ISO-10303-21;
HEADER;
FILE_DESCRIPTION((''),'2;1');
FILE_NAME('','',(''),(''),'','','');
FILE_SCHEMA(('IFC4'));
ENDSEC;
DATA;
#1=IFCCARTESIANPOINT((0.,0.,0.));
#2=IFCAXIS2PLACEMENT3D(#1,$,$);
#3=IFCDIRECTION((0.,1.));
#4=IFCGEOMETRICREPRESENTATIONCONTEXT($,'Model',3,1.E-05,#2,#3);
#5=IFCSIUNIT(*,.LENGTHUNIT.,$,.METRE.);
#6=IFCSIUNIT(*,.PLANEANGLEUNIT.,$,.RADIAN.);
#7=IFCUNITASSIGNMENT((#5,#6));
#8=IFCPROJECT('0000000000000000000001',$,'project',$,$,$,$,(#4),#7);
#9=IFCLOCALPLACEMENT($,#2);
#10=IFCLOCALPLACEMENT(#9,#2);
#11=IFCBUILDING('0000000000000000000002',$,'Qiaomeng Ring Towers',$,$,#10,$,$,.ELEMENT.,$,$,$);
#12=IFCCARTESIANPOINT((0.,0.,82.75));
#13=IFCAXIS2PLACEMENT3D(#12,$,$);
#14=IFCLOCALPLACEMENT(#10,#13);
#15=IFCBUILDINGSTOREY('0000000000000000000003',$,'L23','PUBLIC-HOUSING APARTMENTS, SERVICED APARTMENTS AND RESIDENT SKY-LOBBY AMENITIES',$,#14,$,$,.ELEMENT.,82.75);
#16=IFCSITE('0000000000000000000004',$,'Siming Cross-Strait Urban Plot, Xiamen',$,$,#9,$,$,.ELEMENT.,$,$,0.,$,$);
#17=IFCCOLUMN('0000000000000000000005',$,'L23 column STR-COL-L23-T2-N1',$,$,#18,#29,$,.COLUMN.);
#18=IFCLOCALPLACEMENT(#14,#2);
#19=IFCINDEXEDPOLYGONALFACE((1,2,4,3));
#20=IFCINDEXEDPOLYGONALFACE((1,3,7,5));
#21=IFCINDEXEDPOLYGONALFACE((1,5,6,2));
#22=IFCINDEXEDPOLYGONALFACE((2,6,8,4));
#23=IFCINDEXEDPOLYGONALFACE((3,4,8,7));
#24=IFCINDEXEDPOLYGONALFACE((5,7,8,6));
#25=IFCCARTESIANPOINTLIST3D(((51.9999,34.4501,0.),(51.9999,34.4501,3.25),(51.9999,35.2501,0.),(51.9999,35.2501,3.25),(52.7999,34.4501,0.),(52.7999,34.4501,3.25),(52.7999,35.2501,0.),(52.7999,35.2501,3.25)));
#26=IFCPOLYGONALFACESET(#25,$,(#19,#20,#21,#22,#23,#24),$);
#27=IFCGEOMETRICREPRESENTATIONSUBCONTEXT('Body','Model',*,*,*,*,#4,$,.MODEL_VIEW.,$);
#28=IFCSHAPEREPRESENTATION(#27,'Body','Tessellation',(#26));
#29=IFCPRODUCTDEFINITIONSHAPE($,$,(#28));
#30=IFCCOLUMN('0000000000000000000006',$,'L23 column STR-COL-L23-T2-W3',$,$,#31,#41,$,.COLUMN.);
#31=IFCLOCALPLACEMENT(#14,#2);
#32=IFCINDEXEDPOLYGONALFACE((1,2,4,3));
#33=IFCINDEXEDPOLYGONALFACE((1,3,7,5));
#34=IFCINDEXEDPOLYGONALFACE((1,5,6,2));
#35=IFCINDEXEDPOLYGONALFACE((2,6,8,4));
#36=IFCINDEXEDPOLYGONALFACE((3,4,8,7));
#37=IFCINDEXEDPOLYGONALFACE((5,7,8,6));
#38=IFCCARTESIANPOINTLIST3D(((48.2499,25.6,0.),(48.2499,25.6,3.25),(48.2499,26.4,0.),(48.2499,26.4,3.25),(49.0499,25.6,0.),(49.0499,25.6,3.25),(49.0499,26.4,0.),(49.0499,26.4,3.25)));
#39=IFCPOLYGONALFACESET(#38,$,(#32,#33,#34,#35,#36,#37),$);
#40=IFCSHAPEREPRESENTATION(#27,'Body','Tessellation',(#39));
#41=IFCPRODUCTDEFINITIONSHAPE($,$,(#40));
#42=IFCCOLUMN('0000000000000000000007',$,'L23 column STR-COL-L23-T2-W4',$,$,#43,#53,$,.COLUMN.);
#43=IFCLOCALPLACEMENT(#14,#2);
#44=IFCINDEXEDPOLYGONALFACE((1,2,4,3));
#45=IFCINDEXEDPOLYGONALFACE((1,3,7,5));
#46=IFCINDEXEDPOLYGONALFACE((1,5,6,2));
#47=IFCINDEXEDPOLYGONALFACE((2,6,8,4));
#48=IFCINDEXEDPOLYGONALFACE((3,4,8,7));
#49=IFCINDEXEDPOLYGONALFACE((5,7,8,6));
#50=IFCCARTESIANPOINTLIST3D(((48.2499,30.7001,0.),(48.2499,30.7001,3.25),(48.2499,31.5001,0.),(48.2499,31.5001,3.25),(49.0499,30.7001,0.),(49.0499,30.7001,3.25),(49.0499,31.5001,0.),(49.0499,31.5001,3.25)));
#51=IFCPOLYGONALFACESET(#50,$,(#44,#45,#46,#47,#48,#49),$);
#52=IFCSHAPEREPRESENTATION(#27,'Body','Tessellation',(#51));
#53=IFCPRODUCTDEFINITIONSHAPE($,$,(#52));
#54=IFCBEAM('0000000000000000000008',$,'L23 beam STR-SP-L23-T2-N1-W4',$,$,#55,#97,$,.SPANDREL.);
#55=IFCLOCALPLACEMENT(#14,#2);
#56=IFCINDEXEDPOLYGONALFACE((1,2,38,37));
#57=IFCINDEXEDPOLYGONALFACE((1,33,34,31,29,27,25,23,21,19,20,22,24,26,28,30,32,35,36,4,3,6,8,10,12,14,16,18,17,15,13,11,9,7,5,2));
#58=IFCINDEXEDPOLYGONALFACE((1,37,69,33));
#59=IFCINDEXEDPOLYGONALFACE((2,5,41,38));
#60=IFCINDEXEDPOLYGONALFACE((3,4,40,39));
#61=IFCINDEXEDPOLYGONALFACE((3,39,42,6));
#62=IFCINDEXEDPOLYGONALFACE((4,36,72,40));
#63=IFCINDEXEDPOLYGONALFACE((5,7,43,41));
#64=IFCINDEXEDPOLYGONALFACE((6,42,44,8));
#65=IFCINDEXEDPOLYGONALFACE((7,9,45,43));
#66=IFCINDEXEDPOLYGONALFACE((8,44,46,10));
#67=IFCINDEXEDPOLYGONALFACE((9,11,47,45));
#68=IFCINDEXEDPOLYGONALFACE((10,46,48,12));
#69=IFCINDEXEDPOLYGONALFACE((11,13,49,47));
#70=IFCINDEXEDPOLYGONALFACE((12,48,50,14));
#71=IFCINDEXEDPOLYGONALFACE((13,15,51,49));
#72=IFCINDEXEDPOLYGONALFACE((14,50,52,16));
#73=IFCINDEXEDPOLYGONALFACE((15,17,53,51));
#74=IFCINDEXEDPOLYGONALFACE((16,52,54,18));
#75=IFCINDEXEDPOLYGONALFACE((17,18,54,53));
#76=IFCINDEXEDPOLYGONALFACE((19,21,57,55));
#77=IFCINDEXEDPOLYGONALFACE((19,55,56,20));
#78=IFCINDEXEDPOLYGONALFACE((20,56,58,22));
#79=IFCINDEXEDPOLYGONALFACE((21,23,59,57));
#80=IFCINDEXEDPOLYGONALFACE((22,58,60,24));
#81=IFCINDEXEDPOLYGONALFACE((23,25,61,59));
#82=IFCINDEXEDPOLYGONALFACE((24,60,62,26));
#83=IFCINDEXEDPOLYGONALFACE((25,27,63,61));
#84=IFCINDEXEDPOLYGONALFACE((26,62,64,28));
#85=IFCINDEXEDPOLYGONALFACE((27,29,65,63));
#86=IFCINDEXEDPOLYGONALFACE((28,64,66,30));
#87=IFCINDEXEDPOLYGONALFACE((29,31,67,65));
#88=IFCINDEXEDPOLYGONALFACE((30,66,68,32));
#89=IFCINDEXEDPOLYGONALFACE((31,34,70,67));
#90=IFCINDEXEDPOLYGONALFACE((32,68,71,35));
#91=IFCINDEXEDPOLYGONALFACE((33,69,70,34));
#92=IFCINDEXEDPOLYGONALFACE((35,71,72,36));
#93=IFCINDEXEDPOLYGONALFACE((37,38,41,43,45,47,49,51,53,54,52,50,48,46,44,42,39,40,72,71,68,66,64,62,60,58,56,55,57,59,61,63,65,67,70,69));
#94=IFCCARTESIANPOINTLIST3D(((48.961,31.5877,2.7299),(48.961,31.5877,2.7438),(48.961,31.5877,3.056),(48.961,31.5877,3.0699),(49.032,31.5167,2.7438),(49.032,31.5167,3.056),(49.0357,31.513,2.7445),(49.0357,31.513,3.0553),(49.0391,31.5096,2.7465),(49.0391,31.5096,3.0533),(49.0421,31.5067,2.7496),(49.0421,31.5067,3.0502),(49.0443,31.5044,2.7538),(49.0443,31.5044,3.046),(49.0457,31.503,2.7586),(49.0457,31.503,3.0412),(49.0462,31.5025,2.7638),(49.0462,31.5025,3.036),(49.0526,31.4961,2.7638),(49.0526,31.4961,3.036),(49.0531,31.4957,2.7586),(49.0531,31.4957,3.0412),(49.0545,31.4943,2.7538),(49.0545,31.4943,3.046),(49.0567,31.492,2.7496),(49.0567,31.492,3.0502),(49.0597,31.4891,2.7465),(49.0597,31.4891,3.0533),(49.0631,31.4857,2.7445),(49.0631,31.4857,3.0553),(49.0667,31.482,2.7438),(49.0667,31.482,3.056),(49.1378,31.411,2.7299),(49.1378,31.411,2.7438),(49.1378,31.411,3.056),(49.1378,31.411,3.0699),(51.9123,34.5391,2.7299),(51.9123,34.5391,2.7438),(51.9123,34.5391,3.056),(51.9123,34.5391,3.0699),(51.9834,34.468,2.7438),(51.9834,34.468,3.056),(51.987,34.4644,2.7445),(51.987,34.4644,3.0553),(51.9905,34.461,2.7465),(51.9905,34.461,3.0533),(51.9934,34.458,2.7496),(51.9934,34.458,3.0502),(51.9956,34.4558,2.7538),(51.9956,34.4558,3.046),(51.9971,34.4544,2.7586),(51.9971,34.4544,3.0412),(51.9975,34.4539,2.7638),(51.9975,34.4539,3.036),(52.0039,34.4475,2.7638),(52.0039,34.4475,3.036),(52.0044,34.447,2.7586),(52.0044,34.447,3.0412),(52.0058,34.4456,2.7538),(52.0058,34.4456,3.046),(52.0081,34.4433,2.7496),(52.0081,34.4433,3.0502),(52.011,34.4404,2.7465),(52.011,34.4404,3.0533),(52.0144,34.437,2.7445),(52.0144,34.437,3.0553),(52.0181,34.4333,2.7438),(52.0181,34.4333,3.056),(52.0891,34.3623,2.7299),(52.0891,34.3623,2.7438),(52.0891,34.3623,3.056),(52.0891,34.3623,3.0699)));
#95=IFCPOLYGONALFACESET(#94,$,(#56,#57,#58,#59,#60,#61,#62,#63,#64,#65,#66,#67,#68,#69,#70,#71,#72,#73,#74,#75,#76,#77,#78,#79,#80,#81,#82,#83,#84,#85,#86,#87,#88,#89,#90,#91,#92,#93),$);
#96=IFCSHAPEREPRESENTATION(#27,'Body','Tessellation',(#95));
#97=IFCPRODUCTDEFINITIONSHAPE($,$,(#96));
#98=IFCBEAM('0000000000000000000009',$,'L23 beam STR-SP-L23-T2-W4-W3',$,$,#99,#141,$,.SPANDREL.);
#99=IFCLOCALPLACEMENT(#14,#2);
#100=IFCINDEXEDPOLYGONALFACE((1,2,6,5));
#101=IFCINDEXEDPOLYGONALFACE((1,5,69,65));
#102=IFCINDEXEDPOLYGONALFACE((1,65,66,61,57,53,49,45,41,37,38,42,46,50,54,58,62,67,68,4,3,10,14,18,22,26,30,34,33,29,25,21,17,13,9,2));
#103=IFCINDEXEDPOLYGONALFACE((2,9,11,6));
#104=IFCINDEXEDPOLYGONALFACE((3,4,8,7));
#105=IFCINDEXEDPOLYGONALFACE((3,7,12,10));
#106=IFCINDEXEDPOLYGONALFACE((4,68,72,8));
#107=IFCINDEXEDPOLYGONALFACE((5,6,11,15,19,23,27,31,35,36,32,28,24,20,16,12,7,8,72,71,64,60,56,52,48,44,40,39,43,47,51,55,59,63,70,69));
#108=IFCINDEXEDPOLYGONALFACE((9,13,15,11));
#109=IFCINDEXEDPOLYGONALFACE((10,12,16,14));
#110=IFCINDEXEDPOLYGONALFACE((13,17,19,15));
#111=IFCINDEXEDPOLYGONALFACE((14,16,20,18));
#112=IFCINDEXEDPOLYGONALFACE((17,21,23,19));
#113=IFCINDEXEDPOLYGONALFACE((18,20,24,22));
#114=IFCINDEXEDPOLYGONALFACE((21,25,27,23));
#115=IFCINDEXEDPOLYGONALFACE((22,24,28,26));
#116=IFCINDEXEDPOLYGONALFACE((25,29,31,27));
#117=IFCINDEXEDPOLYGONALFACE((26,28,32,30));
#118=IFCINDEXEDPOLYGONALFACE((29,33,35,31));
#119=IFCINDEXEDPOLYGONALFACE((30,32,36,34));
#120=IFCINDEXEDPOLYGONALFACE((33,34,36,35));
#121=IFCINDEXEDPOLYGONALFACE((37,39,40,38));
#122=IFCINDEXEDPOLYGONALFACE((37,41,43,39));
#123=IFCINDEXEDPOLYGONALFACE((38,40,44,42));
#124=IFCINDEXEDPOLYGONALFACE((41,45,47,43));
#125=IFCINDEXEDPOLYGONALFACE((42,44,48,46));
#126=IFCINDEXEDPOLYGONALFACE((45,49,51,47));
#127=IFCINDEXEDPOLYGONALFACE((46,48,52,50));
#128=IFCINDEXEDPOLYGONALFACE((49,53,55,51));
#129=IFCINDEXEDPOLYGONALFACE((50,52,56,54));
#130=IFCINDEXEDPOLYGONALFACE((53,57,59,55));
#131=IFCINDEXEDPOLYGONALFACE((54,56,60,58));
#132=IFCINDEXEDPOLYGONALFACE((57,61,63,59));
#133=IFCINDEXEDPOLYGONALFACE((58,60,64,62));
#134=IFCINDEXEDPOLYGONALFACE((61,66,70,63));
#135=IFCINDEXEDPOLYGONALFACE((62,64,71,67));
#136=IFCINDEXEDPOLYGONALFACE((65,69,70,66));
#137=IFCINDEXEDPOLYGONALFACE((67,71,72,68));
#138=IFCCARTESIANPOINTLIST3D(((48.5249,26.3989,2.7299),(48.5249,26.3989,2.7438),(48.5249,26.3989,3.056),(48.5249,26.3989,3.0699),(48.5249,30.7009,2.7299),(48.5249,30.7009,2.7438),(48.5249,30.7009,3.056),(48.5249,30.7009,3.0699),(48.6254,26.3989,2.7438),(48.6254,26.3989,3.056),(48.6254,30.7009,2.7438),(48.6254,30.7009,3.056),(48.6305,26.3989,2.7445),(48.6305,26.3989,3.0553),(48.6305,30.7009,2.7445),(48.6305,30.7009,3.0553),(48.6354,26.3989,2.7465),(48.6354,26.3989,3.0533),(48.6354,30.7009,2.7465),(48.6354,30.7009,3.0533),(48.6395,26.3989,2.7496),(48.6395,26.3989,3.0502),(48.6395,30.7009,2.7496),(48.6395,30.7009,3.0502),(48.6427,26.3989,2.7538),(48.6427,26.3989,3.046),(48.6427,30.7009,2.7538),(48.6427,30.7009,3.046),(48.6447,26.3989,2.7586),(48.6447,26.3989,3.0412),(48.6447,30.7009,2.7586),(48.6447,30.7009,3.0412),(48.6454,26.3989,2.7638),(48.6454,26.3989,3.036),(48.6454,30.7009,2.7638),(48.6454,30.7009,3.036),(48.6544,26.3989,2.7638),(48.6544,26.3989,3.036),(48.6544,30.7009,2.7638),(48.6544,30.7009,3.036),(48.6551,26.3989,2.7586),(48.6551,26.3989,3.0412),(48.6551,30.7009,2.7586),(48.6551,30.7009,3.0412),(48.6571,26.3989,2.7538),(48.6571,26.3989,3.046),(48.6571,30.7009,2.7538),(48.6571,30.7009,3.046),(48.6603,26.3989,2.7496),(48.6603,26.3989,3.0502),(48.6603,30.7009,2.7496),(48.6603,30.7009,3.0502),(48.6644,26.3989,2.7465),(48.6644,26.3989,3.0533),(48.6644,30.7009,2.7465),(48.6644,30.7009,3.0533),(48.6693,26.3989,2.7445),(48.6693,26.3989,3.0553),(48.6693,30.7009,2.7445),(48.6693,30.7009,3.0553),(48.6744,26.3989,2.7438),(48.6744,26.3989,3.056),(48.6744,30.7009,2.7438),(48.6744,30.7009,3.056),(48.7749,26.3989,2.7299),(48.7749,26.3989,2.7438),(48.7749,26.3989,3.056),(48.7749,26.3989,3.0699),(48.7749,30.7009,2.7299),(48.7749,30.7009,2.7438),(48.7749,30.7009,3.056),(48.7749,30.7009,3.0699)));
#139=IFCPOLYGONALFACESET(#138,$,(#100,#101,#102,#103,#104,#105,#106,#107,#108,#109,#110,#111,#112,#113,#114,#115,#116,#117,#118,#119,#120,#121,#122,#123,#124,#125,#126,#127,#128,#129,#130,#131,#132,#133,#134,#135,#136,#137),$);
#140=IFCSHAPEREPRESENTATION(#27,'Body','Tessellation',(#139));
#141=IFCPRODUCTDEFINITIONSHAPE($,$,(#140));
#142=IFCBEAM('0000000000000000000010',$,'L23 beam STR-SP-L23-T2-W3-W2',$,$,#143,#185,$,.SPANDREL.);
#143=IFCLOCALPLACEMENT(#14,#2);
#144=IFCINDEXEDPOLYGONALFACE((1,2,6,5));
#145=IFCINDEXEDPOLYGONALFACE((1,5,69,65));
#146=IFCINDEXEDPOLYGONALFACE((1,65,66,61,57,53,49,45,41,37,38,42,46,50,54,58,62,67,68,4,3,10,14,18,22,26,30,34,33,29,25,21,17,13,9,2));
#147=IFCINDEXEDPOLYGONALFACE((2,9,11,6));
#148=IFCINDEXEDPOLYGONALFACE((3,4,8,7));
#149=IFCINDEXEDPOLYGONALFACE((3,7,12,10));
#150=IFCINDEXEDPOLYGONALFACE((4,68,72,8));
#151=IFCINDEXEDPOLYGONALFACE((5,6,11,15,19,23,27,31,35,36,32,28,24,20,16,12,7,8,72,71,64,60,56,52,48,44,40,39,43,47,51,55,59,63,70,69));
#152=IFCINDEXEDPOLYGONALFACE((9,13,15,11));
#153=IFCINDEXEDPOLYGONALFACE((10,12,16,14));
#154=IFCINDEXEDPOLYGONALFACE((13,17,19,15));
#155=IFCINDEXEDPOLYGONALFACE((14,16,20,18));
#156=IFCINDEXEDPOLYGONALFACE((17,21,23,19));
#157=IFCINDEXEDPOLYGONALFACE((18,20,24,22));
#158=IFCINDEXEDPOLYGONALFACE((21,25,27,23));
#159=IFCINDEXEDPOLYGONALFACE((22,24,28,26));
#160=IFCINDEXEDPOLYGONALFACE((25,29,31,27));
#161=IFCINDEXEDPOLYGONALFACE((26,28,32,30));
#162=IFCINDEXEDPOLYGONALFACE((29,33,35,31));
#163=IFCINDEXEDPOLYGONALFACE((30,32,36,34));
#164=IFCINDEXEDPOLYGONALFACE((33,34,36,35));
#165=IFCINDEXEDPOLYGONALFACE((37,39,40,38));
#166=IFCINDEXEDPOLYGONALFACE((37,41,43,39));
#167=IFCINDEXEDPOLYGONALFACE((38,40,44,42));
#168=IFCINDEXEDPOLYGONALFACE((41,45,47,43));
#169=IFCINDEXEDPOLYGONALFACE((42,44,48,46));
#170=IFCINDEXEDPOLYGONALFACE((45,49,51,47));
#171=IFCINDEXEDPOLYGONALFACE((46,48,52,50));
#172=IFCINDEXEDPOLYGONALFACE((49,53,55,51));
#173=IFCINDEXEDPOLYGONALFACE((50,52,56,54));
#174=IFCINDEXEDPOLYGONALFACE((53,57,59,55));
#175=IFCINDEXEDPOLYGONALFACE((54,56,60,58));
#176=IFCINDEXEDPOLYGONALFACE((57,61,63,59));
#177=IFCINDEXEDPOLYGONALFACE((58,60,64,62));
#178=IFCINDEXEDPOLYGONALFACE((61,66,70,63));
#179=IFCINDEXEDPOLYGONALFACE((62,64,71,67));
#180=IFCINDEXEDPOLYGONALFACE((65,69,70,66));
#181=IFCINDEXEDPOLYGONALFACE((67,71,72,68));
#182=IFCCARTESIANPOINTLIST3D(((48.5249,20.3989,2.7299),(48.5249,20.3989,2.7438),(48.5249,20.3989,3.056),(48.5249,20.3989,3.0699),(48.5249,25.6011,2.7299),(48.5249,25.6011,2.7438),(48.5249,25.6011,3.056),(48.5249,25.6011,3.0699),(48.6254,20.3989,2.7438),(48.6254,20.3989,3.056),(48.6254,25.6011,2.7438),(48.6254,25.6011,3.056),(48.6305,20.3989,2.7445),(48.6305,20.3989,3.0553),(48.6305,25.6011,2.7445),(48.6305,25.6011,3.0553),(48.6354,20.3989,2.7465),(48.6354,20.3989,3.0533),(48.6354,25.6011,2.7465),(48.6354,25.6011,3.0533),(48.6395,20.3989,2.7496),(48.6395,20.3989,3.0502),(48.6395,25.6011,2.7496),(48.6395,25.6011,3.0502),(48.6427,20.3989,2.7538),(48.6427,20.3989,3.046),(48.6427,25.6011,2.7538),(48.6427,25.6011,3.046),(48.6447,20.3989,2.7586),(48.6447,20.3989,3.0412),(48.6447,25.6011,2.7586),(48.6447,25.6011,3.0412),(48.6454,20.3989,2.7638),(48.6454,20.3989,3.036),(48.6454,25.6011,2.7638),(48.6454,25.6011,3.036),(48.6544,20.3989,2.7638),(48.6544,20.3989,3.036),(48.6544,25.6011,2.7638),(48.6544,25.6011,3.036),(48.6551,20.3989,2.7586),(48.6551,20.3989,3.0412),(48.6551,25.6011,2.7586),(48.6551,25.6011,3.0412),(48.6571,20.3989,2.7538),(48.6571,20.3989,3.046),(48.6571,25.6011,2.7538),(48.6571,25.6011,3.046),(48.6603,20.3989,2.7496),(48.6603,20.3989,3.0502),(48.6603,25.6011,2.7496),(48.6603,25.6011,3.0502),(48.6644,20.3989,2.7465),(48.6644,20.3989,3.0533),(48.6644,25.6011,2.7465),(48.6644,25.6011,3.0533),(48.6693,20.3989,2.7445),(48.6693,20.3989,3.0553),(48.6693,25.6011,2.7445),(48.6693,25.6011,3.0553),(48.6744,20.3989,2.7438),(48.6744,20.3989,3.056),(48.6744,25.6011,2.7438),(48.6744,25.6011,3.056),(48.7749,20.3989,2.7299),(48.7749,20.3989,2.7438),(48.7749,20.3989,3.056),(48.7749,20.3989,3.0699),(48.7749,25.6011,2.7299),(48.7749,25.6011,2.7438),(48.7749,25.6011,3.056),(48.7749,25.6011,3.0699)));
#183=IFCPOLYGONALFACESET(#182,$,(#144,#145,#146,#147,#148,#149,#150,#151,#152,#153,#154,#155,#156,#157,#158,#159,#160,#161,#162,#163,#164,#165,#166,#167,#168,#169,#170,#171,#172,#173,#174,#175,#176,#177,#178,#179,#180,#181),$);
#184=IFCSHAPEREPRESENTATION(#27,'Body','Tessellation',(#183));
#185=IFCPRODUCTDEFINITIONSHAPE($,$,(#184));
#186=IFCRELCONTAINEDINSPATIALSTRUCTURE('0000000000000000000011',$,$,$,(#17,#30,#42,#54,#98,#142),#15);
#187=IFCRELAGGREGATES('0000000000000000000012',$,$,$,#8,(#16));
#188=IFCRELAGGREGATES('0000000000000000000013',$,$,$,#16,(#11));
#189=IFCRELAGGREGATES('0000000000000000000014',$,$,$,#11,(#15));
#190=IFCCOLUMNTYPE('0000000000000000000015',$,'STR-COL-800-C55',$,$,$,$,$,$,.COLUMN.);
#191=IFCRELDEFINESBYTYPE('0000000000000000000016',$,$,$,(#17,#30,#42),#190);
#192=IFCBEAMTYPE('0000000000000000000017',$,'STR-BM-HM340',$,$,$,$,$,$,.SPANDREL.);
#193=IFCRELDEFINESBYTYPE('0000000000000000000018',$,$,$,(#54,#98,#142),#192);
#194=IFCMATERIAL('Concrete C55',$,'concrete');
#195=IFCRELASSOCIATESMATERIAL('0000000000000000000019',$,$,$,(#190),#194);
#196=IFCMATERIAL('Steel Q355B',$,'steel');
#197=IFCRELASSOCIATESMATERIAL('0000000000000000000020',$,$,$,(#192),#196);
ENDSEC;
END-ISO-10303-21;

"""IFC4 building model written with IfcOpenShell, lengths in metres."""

from ifc_helpers import new_model, si_unit, direction, frame, origin, origin_2d, place, context, subcontext, project, spatial, rectangle, i_section, extrude, source, transform, mapped, material, material_profile, profile_set, type_object, element, save


model = new_model("IFC4")

# Units and contexts
model_context = context("Model", 3, precision=1e-05, world=origin(), true_north=direction((0.0, 1.0)))
body_context = subcontext(model_context, "Body", "Model", "MODEL_VIEW")
ifc_project = project(units=[si_unit("LENGTHUNIT", "METRE"), si_unit("PLANEANGLEUNIT", "RADIAN")], contexts=[model_context])

# Site, building, storey
site_placement = place(None, origin())
site = spatial("IfcSite", under=ifc_project, at=site_placement, Name="Siming Cross-Strait Urban Plot, Xiamen", CompositionType="ELEMENT", RefElevation=0.0)
building_placement = place(site_placement, origin())
building = spatial("IfcBuilding", under=site, at=building_placement, Name="Qiaomeng Ring Towers", CompositionType="ELEMENT")
storey_placement = place(building_placement, frame((0.0, 0.0, 82.75)))
storey = spatial("IfcBuildingStorey", under=building, at=storey_placement, Name="L23", Description="PUBLIC-HOUSING APARTMENTS, SERVICED APARTMENTS AND RESIDENT SKY-LOBBY AMENITIES", CompositionType="ELEMENT", Elevation=82.75)

# Columns
ifc_material_1 = material(Name="Concrete C55", Category="concrete")
ifc_material_profile_1 = material_profile(ifc_material_1, rectangle(XDim=0.8, YDim=0.8, at=origin_2d()), Name="RC COL 800x800")
ifc_profile_set_1 = profile_set([ifc_material_profile_1], Name="Concrete C55")
column_type = type_object("IfcColumnType", Name="STR-COL-800-C55", PredefinedType="COLUMN", material=ifc_profile_set_1)
shared_shape_1 = source(origin(), body_context, "Body", "SweptSolid", [
    extrude(rectangle(XDim=0.8, YDim=0.8, at=origin_2d()), origin(), (0.0, 0.0, 1.0), 3.25),
])
for number, where, z_axis, x_axis, name in (
    (1, (52.3999, 34.8501, 0.0), (0.0, 0.0, 1.0), (1.0, 0.0, 0.0), "L23 column STR-COL-L23-T2-N1"),
    (2, (48.6499, 26.0, 0.0), (0.0, 0.0, 1.0), (1.0, 0.0, 0.0), "L23 column STR-COL-L23-T2-W3"),
    (3, (48.6499, 31.1001, 0.0), (0.0, 0.0, 1.0), (1.0, 0.0, 0.0), "L23 column STR-COL-L23-T2-W4"),
):
    element("IfcColumn", number, at=place(storey_placement, frame(where, z_axis=z_axis, x_axis=x_axis)), inside=storey, type_object=column_type, Name=name, PredefinedType="COLUMN", context=body_context, shape_type="MappedRepresentation", body=[
        mapped(shared_shape_1, transform((0.0, 0.0, 0.0), x_axis=(1.0, 0.0, 0.0), y_axis=(0.0, 1.0, 0.0), z_axis=(0.0, 0.0, 1.0), scale=1.0)),
    ])

# Beams
ifc_material_2 = material(Name="Steel Q355B", Category="steel")
ifc_material_profile_2 = material_profile(ifc_material_2, i_section(OverallWidth=0.25, OverallDepth=0.3401, WebThickness=0.009, FlangeThickness=0.0139, FilletRadius=0.02, at=origin_2d()), Name="HM 340x250x9x14")
ifc_profile_set_2 = profile_set([ifc_material_profile_2], Name="Steel Q355B")
beam_type_1 = type_object("IfcBeamType", Name="STR-BM-HM340", PredefinedType="SPANDREL", material=ifc_profile_set_2)
shared_shape_2 = source(origin(), body_context, "Body", "SweptSolid", [
    extrude(i_section(OverallWidth=0.25, OverallDepth=0.3401, WebThickness=0.009, FlangeThickness=0.0139, FilletRadius=0.02, at=origin_2d()), origin(), (0.0, 0.0, 1.0), 4.1738),
])
beam_1_placement = place(storey_placement, frame((52.0007, 34.4507, 2.8999), z_axis=(-0.707107, -0.707107, 0.0), x_axis=(0.707107, -0.707107, 0.0)))
element("IfcBeam", 4, at=beam_1_placement, inside=storey, type_object=beam_type_1, Name="L23 beam STR-SP-L23-T2-N1-W4", PredefinedType="SPANDREL", context=body_context, shape_type="MappedRepresentation", body=[
    mapped(shared_shape_2, transform((0.0, 0.0, 0.0), x_axis=(1.0, 0.0, 0.0), y_axis=(0.0, 1.0, 0.0), z_axis=(0.0, 0.0, 1.0), scale=1.0)),
])
shared_shape_3 = source(origin(), body_context, "Body", "SweptSolid", [
    extrude(i_section(OverallWidth=0.25, OverallDepth=0.3401, WebThickness=0.009, FlangeThickness=0.0139, FilletRadius=0.02, at=origin_2d()), origin(), (0.0, 0.0, 1.0), 4.302),
])
beam_2_placement = place(storey_placement, frame((48.6499, 30.7009, 2.8999), z_axis=(0.0, -1.0, 0.0), x_axis=(1.0, 0.0, 0.0)))
element("IfcBeam", 5, at=beam_2_placement, inside=storey, type_object=beam_type_1, Name="L23 beam STR-SP-L23-T2-W4-W3", PredefinedType="SPANDREL", context=body_context, shape_type="MappedRepresentation", body=[
    mapped(shared_shape_3, transform((0.0, 0.0, 0.0), x_axis=(1.0, 0.0, 0.0), y_axis=(0.0, 1.0, 0.0), z_axis=(0.0, 0.0, 1.0), scale=1.0)),
])
shared_shape_4 = source(origin(), body_context, "Body", "SweptSolid", [
    extrude(i_section(OverallWidth=0.25, OverallDepth=0.3401, WebThickness=0.009, FlangeThickness=0.0139, FilletRadius=0.02, at=origin_2d()), origin(), (0.0, 0.0, 1.0), 5.2021),
])
beam_3_placement = place(storey_placement, frame((48.6499, 25.6011, 2.8999), z_axis=(0.0, -1.0, 0.0), x_axis=(1.0, 0.0, 0.0)))
element("IfcBeam", 6, at=beam_3_placement, inside=storey, type_object=beam_type_1, Name="L23 beam STR-SP-L23-T2-W3-W2", PredefinedType="SPANDREL", context=body_context, shape_type="MappedRepresentation", body=[
    mapped(shared_shape_4, transform((0.0, 0.0, 0.0), x_axis=(1.0, 0.0, 0.0), y_axis=(0.0, 1.0, 0.0), z_axis=(0.0, 0.0, 1.0), scale=1.0)),
])

save(model, "model.ifc")
